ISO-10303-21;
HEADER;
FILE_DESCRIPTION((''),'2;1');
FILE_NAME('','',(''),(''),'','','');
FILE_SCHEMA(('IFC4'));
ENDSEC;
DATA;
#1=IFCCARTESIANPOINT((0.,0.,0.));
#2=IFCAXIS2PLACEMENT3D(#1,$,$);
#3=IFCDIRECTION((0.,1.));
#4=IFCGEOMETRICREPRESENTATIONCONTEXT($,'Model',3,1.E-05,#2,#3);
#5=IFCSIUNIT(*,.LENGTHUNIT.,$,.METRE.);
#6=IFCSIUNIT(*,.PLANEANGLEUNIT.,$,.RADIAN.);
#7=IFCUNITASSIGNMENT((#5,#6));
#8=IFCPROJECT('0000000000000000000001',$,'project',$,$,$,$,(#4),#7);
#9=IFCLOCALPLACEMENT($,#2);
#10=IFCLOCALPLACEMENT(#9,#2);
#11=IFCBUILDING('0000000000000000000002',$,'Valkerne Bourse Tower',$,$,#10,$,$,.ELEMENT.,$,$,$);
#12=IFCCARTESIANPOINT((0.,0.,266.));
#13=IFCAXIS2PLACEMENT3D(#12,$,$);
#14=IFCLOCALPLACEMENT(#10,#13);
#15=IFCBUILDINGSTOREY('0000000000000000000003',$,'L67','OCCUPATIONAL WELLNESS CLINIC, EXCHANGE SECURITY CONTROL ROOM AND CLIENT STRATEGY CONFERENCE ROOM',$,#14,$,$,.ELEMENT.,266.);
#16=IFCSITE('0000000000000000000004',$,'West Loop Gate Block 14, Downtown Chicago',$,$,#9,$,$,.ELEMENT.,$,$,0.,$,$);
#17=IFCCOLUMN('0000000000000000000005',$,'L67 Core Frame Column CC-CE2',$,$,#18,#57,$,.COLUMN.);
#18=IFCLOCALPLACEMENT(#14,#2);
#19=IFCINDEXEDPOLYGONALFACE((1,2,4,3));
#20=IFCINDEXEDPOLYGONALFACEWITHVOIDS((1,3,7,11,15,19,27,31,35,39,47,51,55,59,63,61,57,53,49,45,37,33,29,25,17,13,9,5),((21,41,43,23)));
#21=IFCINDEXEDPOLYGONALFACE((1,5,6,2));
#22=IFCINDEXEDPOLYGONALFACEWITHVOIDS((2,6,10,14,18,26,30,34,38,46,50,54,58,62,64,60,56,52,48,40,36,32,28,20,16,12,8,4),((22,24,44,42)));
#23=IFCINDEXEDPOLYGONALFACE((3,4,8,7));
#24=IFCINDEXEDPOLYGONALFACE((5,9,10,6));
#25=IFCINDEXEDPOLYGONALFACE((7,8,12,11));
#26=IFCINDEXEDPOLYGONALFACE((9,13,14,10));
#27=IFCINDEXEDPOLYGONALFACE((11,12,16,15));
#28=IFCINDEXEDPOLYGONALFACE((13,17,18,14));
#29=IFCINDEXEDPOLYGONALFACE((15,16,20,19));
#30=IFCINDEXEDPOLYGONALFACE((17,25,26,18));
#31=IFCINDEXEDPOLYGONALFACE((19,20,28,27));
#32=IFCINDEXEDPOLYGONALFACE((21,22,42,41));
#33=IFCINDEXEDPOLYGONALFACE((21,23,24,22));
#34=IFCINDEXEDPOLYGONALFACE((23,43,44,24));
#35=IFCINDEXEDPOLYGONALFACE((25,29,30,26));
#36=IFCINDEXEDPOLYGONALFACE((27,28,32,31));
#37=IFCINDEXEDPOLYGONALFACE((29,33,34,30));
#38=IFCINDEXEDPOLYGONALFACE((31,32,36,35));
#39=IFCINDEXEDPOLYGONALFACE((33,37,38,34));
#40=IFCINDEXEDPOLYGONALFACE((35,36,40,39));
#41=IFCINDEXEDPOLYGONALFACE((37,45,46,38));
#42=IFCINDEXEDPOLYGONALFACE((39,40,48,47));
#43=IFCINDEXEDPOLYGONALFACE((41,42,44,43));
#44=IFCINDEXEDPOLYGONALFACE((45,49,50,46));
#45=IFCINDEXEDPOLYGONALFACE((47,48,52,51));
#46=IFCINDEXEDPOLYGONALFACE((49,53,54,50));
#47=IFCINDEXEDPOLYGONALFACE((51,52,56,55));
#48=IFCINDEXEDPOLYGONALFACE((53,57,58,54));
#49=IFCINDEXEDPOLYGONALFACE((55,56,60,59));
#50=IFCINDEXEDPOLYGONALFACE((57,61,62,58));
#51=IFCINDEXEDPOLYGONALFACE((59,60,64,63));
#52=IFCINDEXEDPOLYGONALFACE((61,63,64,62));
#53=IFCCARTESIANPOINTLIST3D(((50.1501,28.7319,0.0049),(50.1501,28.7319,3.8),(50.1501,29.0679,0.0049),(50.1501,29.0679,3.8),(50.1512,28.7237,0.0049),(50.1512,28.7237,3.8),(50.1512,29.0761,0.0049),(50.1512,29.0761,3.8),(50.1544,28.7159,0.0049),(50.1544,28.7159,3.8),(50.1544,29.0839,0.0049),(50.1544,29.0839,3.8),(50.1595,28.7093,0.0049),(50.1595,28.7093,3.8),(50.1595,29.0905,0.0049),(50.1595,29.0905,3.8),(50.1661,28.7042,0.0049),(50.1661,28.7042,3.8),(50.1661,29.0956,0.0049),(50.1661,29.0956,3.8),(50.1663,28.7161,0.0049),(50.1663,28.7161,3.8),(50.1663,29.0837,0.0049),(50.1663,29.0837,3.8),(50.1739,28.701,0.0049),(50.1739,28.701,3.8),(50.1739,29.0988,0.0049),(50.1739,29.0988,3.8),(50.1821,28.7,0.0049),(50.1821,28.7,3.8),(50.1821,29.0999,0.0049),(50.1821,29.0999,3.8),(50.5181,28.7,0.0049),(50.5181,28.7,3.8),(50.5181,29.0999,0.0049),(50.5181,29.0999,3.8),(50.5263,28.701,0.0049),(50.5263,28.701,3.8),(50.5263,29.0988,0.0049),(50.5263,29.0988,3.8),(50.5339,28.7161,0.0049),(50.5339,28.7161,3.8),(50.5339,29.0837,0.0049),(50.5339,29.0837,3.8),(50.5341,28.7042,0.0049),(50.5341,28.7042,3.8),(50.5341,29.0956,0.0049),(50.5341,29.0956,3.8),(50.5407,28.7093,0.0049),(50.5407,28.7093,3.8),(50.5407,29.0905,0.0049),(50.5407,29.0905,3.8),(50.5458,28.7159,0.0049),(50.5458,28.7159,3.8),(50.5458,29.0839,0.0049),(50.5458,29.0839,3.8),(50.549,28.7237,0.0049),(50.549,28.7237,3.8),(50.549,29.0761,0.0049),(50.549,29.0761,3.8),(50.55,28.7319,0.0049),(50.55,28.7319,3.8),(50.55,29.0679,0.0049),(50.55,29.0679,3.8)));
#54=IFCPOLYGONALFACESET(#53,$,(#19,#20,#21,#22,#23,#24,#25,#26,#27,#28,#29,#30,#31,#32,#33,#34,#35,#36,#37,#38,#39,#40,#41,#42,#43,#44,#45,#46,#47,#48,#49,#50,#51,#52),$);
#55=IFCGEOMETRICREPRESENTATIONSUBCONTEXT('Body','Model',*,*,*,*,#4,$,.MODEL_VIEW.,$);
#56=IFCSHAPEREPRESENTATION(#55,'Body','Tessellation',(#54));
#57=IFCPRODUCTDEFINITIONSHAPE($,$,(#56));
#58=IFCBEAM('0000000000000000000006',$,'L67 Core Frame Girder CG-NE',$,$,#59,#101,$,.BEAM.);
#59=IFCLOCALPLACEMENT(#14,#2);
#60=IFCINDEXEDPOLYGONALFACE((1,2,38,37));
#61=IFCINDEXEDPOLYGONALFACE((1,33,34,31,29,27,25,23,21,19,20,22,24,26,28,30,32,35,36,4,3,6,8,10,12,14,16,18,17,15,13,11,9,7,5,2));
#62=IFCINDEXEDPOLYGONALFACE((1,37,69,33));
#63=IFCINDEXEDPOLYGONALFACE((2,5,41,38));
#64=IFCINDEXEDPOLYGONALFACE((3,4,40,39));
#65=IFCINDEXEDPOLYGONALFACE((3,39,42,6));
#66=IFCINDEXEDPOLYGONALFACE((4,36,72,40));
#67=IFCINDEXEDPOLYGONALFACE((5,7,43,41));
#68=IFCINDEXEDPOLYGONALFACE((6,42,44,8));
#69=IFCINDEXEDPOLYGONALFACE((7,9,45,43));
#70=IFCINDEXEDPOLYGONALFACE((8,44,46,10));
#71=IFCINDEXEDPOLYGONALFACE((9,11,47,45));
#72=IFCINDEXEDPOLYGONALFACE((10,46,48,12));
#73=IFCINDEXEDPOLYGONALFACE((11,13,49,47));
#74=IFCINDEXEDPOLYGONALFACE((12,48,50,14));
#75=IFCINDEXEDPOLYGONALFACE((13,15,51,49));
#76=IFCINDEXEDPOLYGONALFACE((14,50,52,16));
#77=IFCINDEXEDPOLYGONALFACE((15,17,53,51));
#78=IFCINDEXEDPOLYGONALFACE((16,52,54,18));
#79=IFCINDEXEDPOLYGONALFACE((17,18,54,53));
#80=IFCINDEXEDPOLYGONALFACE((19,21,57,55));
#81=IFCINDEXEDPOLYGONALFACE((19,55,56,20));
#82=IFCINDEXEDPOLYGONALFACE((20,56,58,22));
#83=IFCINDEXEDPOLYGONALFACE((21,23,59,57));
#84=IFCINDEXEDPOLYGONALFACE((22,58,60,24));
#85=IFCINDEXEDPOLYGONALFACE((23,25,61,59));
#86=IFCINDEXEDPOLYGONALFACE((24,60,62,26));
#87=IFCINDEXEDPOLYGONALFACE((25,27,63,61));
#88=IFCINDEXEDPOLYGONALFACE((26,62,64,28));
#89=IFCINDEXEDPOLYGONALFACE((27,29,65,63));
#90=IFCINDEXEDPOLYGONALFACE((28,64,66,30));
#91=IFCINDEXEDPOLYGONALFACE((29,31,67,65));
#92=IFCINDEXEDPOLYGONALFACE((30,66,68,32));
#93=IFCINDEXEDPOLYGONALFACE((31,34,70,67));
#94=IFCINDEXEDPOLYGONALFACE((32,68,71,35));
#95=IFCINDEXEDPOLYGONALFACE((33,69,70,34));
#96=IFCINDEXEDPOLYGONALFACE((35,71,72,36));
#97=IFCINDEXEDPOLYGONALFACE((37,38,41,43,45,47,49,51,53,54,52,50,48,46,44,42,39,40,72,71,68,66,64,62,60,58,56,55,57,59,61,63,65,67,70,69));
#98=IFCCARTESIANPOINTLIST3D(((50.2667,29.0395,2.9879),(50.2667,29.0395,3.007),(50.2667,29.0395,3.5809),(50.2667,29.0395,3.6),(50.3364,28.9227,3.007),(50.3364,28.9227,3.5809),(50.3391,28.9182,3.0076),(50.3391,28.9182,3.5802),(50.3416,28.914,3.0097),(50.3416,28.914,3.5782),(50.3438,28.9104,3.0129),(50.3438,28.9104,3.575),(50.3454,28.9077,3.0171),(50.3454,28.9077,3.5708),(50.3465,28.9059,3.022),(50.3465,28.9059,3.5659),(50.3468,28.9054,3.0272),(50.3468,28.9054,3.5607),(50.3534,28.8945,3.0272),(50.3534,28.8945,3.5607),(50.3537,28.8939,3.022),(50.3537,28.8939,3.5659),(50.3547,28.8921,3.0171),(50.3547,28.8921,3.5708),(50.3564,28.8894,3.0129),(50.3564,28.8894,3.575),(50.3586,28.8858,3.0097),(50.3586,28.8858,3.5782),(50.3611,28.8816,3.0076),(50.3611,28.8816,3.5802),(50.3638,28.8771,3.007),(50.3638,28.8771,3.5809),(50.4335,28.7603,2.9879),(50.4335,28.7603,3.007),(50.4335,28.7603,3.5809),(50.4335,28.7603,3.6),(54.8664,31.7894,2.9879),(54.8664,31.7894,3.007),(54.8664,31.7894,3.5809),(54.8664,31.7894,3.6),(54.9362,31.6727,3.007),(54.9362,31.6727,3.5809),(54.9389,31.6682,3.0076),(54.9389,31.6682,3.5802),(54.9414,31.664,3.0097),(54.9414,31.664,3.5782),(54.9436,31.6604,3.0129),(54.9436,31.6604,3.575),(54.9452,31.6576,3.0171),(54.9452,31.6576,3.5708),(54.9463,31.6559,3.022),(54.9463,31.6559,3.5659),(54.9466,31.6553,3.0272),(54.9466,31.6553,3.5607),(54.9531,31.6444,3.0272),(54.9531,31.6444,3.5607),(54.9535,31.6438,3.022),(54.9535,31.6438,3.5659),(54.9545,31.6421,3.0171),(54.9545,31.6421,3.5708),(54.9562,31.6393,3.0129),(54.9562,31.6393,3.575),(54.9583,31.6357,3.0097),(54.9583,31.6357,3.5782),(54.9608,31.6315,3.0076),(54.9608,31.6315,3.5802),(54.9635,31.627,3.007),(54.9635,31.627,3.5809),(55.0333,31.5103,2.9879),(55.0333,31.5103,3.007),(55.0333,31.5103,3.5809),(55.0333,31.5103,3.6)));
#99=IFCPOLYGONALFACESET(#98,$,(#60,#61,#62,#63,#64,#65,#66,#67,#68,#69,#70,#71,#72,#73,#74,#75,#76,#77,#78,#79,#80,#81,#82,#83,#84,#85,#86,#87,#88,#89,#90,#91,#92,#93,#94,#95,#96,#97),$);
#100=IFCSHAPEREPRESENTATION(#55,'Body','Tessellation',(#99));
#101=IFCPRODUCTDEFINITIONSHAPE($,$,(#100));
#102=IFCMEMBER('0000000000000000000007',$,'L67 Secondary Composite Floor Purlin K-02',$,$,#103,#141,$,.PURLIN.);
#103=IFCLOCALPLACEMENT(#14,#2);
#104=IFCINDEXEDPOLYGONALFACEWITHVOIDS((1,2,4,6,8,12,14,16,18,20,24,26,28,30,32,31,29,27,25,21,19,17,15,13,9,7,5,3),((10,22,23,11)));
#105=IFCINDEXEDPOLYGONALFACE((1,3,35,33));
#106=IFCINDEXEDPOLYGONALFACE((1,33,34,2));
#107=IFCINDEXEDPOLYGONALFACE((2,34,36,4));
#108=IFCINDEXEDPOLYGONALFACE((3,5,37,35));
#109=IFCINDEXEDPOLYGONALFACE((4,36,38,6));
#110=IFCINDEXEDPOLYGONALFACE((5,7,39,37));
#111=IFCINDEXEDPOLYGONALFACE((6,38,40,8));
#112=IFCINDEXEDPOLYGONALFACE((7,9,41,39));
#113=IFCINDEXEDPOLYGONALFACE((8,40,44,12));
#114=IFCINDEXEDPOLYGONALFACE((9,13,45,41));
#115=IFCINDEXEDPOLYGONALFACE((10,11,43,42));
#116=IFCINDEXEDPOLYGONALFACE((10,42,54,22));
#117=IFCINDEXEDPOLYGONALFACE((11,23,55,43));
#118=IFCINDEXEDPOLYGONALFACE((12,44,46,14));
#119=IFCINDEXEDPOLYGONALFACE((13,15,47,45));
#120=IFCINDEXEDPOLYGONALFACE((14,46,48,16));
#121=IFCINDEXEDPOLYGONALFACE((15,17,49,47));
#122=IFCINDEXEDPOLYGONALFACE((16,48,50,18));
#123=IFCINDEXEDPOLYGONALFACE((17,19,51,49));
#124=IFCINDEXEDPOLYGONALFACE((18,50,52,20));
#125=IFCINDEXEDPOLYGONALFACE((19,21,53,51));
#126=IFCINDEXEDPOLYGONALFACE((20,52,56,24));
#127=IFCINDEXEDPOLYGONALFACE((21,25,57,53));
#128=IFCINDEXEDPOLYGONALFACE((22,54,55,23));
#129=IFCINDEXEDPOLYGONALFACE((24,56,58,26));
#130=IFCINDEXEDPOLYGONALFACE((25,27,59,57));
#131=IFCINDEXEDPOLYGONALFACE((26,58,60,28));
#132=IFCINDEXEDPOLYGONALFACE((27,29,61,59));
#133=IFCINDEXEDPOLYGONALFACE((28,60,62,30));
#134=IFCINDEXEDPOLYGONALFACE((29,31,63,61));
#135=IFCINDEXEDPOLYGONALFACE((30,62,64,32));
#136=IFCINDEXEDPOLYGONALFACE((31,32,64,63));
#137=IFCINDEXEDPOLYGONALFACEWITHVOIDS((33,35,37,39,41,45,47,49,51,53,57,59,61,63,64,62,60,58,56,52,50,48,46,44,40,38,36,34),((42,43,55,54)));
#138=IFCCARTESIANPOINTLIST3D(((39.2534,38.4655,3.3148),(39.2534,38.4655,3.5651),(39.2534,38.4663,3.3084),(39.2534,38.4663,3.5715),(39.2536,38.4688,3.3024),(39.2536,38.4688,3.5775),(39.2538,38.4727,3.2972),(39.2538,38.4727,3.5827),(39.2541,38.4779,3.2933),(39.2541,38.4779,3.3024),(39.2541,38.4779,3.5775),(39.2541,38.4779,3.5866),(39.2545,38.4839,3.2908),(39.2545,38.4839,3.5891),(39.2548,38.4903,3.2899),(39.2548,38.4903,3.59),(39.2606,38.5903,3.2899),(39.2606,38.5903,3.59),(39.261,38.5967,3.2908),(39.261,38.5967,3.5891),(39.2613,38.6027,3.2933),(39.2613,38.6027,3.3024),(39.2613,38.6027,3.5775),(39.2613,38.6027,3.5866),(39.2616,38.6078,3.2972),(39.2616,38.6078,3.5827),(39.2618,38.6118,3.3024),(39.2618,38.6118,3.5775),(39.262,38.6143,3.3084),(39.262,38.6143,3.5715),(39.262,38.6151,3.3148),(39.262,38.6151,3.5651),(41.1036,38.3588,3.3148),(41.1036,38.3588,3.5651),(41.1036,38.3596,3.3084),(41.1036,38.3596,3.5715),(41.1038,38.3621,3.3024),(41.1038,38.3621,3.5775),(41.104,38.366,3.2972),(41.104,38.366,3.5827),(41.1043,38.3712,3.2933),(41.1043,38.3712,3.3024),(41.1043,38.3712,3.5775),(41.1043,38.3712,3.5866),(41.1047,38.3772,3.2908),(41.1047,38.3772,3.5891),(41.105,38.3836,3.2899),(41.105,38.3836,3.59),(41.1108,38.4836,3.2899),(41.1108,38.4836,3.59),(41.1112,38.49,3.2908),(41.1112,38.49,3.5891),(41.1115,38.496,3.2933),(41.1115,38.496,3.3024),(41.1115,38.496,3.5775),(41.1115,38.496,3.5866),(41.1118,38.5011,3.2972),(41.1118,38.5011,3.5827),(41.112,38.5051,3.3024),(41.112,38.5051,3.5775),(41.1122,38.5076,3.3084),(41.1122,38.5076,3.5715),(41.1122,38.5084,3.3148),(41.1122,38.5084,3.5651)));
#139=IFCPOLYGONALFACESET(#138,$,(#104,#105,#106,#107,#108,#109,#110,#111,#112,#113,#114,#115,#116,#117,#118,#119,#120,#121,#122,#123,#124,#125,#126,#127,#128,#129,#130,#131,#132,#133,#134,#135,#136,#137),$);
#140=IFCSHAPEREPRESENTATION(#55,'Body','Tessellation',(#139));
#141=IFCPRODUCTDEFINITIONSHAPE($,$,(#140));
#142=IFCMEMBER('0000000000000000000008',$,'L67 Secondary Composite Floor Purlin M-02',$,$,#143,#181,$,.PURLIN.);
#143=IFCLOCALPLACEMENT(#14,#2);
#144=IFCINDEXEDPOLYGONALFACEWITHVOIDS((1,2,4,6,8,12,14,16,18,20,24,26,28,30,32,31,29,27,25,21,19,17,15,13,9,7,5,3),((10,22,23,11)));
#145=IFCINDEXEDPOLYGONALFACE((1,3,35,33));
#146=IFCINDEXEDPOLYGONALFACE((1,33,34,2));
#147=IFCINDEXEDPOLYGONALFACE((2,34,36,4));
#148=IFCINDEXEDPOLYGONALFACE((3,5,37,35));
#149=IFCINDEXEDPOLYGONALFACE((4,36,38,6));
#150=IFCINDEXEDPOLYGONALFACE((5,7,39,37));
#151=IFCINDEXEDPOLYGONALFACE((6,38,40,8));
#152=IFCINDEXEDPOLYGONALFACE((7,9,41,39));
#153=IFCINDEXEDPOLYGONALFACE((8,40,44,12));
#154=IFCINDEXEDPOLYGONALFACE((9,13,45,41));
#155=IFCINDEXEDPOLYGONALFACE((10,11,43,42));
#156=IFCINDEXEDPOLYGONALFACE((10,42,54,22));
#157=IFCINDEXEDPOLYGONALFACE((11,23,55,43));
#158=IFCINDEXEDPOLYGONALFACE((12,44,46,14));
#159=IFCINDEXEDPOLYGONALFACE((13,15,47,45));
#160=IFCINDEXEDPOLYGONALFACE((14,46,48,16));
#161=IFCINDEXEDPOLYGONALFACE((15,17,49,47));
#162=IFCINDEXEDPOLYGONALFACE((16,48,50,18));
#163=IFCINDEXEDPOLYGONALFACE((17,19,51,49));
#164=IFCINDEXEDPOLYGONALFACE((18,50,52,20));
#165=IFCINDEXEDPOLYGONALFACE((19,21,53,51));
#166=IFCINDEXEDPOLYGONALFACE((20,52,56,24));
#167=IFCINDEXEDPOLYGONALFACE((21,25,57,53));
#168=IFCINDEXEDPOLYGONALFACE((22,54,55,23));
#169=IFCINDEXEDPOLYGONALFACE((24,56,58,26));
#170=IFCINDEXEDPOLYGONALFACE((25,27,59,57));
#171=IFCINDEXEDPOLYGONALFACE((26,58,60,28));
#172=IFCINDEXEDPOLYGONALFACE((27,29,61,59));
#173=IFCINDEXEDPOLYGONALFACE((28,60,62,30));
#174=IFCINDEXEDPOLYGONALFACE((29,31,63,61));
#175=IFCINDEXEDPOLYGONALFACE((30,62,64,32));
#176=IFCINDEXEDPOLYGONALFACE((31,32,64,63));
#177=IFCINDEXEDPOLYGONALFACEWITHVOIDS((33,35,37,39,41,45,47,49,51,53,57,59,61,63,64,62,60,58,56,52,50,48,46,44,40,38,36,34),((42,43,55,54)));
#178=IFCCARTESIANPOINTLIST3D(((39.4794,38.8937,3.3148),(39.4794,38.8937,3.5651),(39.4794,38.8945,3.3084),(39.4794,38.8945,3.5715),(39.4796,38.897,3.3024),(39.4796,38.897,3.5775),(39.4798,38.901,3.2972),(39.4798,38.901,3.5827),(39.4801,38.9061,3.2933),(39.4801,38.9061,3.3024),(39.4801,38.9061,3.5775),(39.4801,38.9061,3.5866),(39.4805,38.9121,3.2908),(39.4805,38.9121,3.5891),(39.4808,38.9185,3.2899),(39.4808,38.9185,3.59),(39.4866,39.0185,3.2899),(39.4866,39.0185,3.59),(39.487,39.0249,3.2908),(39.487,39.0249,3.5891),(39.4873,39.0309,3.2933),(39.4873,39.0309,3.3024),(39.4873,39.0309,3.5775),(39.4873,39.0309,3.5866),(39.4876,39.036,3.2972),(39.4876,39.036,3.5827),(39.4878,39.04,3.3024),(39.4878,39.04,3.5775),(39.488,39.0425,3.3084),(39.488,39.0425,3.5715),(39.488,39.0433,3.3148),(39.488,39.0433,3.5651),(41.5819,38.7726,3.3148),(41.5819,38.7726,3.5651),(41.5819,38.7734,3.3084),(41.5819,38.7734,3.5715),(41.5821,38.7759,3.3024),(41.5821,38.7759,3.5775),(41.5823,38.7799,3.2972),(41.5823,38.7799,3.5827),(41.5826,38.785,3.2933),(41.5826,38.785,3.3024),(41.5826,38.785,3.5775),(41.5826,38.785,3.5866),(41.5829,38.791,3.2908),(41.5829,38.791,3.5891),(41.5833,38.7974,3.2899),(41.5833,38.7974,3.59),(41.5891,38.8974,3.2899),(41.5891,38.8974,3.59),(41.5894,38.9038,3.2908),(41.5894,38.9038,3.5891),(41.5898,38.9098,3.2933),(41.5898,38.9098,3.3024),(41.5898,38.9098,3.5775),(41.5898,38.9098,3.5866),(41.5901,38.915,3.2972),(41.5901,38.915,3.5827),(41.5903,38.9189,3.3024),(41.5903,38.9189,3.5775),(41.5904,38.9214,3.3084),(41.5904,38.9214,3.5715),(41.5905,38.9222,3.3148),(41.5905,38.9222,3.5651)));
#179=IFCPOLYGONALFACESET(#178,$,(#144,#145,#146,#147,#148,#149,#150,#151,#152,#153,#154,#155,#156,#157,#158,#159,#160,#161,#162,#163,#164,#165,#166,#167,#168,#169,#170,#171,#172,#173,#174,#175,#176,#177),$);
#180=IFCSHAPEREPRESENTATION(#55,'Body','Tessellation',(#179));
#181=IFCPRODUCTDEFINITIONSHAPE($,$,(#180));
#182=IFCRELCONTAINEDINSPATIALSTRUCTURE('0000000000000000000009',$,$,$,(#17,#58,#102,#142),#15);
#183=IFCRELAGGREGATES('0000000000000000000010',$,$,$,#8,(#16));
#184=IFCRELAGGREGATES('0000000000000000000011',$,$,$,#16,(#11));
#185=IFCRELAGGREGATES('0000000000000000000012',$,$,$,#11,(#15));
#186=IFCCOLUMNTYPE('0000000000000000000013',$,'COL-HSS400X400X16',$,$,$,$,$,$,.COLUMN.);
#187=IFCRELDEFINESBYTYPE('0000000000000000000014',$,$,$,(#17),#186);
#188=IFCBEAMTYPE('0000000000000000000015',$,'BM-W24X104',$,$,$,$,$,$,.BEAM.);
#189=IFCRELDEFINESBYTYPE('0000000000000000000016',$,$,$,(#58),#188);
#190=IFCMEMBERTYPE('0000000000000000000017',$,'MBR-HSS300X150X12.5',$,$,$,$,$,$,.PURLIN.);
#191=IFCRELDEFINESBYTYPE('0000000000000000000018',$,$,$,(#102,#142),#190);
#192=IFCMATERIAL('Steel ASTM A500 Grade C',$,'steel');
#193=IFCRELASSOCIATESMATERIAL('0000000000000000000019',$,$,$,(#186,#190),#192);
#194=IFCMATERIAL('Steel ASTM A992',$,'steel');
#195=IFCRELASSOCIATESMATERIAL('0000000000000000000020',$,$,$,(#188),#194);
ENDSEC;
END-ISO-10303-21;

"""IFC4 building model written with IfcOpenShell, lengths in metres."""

from ifc_helpers import new_model, si_unit, direction, frame, origin, origin_2d, place, context, subcontext, project, spatial, hollow_rectangle, i_section, extrude, material, material_profile, profile_set, type_object, element, save


model = new_model("IFC4")

# Units and contexts
model_context = context("Model", 3, precision=1e-05, world=origin(), true_north=direction((0.0, 1.0)))
body_context = subcontext(model_context, "Body", "Model", "MODEL_VIEW")
ifc_project = project(units=[si_unit("LENGTHUNIT", "METRE"), si_unit("PLANEANGLEUNIT", "RADIAN")], contexts=[model_context])

# Site, building, storey
site_placement = place(None, origin())
site = spatial("IfcSite", under=ifc_project, at=site_placement, Name="West Loop Gate Block 14, Downtown Chicago", CompositionType="ELEMENT", RefElevation=0.0)
building_placement = place(site_placement, origin())
building = spatial("IfcBuilding", under=site, at=building_placement, Name="Valkerne Bourse Tower", CompositionType="ELEMENT")
storey_placement = place(building_placement, frame((0.0, 0.0, 266.0)))
storey = spatial("IfcBuildingStorey", under=building, at=storey_placement, Name="L67", Description="OCCUPATIONAL WELLNESS CLINIC, EXCHANGE SECURITY CONTROL ROOM AND CLIENT STRATEGY CONFERENCE ROOM", CompositionType="ELEMENT", Elevation=266.0)

# Column
ifc_material_1 = material(Name="Steel ASTM A500 Grade C", Category="steel")
ifc_material_profile_1 = material_profile(ifc_material_1, hollow_rectangle(XDim=0.3999, YDim=0.3999, WallThickness=0.0161, OuterFilletRadius=0.032, at=origin_2d()), Name="HSS400X400X16")
ifc_profile_set_1 = profile_set([ifc_material_profile_1], Name="Steel ASTM A500 Grade C")
column_type = type_object("IfcColumnType", Name="COL-HSS400X400X16", PredefinedType="COLUMN", material=ifc_profile_set_1)
column_placement = place(storey_placement, frame((50.3501, 28.8999, 0.0049), z_axis=(0.0, 0.0, 1.0), x_axis=(1.0, 0.0, 0.0)))
element("IfcColumn", 1, at=column_placement, inside=storey, type_object=column_type, Name="L67 Core Frame Column CC-CE2", PredefinedType="COLUMN", context=body_context, shape_type="SweptSolid", body=[
    extrude(hollow_rectangle(XDim=0.3999, YDim=0.3999, WallThickness=0.0161, OuterFilletRadius=0.032, at=origin_2d()), origin(), (0.0, 0.0, 1.0), 3.7952),
])

# Beam
ifc_material_2 = material(Name="Steel ASTM A992", Category="steel")
ifc_material_profile_2 = material_profile(ifc_material_2, i_section(OverallWidth=0.3252, OverallDepth=0.6121, WebThickness=0.0127, FlangeThickness=0.019, FilletRadius=0.0203, at=origin_2d()), Name="W24X104")
ifc_profile_set_2 = profile_set([ifc_material_profile_2], Name="Steel ASTM A992")
beam_type = type_object("IfcBeamType", Name="BM-W24X104", PredefinedType="BEAM", material=ifc_profile_set_2)
beam_placement = place(storey_placement, frame((50.3501, 28.8999, 3.2939), z_axis=(0.858308, 0.513135, 0.0), x_axis=(-0.513135, 0.858308, 0.0)))
element("IfcBeam", 2, at=beam_placement, inside=storey, type_object=beam_type, Name="L67 Core Frame Girder CG-NE", PredefinedType="BEAM", context=body_context, shape_type="SweptSolid", body=[
    extrude(i_section(OverallWidth=0.3252, OverallDepth=0.6121, WebThickness=0.0127, FlangeThickness=0.019, FilletRadius=0.0203, at=origin_2d()), origin(), (0.0, 0.0, 1.0), 5.3591),
])

# Members
ifc_material_profile_3 = material_profile(ifc_material_1, hollow_rectangle(XDim=0.1499, YDim=0.3, WallThickness=0.0125, OuterFilletRadius=0.0249, at=origin_2d()), Name="HSS300X150X12.5")
ifc_profile_set_3 = profile_set([ifc_material_profile_3], Name="Steel ASTM A500 Grade C")
member_type = type_object("IfcMemberType", Name="MBR-HSS300X150X12.5", PredefinedType="PURLIN", material=ifc_profile_set_3)
member_1_placement = place(storey_placement, frame((41.1079, 38.4336, 3.4399), z_axis=(-0.998341, 0.057571, 0.0), x_axis=(-0.057571, -0.998341, 0.0)))
element("IfcMember", 3, at=member_1_placement, inside=storey, type_object=member_type, Name="L67 Secondary Composite Floor Purlin K-02", PredefinedType="PURLIN", context=body_context, shape_type="SweptSolid", body=[
    extrude(hollow_rectangle(XDim=0.1499, YDim=0.3, WallThickness=0.0125, OuterFilletRadius=0.0249, at=origin_2d()), origin(), (0.0, 0.0, 1.0), 1.8533),
])
member_2_placement = place(storey_placement, frame((41.5862, 38.8474, 3.4399), z_axis=(-0.998346, 0.057499, 0.0), x_axis=(-0.057499, -0.998346, 0.0)))
element("IfcMember", 4, at=member_2_placement, inside=storey, type_object=member_type, Name="L67 Secondary Composite Floor Purlin M-02", PredefinedType="PURLIN", context=body_context, shape_type="SweptSolid", body=[
    extrude(hollow_rectangle(XDim=0.1499, YDim=0.3, WallThickness=0.0125, OuterFilletRadius=0.0249, at=origin_2d()), origin(), (0.0, 0.0, 1.0), 2.106),
])

save(model, "model.ifc")
